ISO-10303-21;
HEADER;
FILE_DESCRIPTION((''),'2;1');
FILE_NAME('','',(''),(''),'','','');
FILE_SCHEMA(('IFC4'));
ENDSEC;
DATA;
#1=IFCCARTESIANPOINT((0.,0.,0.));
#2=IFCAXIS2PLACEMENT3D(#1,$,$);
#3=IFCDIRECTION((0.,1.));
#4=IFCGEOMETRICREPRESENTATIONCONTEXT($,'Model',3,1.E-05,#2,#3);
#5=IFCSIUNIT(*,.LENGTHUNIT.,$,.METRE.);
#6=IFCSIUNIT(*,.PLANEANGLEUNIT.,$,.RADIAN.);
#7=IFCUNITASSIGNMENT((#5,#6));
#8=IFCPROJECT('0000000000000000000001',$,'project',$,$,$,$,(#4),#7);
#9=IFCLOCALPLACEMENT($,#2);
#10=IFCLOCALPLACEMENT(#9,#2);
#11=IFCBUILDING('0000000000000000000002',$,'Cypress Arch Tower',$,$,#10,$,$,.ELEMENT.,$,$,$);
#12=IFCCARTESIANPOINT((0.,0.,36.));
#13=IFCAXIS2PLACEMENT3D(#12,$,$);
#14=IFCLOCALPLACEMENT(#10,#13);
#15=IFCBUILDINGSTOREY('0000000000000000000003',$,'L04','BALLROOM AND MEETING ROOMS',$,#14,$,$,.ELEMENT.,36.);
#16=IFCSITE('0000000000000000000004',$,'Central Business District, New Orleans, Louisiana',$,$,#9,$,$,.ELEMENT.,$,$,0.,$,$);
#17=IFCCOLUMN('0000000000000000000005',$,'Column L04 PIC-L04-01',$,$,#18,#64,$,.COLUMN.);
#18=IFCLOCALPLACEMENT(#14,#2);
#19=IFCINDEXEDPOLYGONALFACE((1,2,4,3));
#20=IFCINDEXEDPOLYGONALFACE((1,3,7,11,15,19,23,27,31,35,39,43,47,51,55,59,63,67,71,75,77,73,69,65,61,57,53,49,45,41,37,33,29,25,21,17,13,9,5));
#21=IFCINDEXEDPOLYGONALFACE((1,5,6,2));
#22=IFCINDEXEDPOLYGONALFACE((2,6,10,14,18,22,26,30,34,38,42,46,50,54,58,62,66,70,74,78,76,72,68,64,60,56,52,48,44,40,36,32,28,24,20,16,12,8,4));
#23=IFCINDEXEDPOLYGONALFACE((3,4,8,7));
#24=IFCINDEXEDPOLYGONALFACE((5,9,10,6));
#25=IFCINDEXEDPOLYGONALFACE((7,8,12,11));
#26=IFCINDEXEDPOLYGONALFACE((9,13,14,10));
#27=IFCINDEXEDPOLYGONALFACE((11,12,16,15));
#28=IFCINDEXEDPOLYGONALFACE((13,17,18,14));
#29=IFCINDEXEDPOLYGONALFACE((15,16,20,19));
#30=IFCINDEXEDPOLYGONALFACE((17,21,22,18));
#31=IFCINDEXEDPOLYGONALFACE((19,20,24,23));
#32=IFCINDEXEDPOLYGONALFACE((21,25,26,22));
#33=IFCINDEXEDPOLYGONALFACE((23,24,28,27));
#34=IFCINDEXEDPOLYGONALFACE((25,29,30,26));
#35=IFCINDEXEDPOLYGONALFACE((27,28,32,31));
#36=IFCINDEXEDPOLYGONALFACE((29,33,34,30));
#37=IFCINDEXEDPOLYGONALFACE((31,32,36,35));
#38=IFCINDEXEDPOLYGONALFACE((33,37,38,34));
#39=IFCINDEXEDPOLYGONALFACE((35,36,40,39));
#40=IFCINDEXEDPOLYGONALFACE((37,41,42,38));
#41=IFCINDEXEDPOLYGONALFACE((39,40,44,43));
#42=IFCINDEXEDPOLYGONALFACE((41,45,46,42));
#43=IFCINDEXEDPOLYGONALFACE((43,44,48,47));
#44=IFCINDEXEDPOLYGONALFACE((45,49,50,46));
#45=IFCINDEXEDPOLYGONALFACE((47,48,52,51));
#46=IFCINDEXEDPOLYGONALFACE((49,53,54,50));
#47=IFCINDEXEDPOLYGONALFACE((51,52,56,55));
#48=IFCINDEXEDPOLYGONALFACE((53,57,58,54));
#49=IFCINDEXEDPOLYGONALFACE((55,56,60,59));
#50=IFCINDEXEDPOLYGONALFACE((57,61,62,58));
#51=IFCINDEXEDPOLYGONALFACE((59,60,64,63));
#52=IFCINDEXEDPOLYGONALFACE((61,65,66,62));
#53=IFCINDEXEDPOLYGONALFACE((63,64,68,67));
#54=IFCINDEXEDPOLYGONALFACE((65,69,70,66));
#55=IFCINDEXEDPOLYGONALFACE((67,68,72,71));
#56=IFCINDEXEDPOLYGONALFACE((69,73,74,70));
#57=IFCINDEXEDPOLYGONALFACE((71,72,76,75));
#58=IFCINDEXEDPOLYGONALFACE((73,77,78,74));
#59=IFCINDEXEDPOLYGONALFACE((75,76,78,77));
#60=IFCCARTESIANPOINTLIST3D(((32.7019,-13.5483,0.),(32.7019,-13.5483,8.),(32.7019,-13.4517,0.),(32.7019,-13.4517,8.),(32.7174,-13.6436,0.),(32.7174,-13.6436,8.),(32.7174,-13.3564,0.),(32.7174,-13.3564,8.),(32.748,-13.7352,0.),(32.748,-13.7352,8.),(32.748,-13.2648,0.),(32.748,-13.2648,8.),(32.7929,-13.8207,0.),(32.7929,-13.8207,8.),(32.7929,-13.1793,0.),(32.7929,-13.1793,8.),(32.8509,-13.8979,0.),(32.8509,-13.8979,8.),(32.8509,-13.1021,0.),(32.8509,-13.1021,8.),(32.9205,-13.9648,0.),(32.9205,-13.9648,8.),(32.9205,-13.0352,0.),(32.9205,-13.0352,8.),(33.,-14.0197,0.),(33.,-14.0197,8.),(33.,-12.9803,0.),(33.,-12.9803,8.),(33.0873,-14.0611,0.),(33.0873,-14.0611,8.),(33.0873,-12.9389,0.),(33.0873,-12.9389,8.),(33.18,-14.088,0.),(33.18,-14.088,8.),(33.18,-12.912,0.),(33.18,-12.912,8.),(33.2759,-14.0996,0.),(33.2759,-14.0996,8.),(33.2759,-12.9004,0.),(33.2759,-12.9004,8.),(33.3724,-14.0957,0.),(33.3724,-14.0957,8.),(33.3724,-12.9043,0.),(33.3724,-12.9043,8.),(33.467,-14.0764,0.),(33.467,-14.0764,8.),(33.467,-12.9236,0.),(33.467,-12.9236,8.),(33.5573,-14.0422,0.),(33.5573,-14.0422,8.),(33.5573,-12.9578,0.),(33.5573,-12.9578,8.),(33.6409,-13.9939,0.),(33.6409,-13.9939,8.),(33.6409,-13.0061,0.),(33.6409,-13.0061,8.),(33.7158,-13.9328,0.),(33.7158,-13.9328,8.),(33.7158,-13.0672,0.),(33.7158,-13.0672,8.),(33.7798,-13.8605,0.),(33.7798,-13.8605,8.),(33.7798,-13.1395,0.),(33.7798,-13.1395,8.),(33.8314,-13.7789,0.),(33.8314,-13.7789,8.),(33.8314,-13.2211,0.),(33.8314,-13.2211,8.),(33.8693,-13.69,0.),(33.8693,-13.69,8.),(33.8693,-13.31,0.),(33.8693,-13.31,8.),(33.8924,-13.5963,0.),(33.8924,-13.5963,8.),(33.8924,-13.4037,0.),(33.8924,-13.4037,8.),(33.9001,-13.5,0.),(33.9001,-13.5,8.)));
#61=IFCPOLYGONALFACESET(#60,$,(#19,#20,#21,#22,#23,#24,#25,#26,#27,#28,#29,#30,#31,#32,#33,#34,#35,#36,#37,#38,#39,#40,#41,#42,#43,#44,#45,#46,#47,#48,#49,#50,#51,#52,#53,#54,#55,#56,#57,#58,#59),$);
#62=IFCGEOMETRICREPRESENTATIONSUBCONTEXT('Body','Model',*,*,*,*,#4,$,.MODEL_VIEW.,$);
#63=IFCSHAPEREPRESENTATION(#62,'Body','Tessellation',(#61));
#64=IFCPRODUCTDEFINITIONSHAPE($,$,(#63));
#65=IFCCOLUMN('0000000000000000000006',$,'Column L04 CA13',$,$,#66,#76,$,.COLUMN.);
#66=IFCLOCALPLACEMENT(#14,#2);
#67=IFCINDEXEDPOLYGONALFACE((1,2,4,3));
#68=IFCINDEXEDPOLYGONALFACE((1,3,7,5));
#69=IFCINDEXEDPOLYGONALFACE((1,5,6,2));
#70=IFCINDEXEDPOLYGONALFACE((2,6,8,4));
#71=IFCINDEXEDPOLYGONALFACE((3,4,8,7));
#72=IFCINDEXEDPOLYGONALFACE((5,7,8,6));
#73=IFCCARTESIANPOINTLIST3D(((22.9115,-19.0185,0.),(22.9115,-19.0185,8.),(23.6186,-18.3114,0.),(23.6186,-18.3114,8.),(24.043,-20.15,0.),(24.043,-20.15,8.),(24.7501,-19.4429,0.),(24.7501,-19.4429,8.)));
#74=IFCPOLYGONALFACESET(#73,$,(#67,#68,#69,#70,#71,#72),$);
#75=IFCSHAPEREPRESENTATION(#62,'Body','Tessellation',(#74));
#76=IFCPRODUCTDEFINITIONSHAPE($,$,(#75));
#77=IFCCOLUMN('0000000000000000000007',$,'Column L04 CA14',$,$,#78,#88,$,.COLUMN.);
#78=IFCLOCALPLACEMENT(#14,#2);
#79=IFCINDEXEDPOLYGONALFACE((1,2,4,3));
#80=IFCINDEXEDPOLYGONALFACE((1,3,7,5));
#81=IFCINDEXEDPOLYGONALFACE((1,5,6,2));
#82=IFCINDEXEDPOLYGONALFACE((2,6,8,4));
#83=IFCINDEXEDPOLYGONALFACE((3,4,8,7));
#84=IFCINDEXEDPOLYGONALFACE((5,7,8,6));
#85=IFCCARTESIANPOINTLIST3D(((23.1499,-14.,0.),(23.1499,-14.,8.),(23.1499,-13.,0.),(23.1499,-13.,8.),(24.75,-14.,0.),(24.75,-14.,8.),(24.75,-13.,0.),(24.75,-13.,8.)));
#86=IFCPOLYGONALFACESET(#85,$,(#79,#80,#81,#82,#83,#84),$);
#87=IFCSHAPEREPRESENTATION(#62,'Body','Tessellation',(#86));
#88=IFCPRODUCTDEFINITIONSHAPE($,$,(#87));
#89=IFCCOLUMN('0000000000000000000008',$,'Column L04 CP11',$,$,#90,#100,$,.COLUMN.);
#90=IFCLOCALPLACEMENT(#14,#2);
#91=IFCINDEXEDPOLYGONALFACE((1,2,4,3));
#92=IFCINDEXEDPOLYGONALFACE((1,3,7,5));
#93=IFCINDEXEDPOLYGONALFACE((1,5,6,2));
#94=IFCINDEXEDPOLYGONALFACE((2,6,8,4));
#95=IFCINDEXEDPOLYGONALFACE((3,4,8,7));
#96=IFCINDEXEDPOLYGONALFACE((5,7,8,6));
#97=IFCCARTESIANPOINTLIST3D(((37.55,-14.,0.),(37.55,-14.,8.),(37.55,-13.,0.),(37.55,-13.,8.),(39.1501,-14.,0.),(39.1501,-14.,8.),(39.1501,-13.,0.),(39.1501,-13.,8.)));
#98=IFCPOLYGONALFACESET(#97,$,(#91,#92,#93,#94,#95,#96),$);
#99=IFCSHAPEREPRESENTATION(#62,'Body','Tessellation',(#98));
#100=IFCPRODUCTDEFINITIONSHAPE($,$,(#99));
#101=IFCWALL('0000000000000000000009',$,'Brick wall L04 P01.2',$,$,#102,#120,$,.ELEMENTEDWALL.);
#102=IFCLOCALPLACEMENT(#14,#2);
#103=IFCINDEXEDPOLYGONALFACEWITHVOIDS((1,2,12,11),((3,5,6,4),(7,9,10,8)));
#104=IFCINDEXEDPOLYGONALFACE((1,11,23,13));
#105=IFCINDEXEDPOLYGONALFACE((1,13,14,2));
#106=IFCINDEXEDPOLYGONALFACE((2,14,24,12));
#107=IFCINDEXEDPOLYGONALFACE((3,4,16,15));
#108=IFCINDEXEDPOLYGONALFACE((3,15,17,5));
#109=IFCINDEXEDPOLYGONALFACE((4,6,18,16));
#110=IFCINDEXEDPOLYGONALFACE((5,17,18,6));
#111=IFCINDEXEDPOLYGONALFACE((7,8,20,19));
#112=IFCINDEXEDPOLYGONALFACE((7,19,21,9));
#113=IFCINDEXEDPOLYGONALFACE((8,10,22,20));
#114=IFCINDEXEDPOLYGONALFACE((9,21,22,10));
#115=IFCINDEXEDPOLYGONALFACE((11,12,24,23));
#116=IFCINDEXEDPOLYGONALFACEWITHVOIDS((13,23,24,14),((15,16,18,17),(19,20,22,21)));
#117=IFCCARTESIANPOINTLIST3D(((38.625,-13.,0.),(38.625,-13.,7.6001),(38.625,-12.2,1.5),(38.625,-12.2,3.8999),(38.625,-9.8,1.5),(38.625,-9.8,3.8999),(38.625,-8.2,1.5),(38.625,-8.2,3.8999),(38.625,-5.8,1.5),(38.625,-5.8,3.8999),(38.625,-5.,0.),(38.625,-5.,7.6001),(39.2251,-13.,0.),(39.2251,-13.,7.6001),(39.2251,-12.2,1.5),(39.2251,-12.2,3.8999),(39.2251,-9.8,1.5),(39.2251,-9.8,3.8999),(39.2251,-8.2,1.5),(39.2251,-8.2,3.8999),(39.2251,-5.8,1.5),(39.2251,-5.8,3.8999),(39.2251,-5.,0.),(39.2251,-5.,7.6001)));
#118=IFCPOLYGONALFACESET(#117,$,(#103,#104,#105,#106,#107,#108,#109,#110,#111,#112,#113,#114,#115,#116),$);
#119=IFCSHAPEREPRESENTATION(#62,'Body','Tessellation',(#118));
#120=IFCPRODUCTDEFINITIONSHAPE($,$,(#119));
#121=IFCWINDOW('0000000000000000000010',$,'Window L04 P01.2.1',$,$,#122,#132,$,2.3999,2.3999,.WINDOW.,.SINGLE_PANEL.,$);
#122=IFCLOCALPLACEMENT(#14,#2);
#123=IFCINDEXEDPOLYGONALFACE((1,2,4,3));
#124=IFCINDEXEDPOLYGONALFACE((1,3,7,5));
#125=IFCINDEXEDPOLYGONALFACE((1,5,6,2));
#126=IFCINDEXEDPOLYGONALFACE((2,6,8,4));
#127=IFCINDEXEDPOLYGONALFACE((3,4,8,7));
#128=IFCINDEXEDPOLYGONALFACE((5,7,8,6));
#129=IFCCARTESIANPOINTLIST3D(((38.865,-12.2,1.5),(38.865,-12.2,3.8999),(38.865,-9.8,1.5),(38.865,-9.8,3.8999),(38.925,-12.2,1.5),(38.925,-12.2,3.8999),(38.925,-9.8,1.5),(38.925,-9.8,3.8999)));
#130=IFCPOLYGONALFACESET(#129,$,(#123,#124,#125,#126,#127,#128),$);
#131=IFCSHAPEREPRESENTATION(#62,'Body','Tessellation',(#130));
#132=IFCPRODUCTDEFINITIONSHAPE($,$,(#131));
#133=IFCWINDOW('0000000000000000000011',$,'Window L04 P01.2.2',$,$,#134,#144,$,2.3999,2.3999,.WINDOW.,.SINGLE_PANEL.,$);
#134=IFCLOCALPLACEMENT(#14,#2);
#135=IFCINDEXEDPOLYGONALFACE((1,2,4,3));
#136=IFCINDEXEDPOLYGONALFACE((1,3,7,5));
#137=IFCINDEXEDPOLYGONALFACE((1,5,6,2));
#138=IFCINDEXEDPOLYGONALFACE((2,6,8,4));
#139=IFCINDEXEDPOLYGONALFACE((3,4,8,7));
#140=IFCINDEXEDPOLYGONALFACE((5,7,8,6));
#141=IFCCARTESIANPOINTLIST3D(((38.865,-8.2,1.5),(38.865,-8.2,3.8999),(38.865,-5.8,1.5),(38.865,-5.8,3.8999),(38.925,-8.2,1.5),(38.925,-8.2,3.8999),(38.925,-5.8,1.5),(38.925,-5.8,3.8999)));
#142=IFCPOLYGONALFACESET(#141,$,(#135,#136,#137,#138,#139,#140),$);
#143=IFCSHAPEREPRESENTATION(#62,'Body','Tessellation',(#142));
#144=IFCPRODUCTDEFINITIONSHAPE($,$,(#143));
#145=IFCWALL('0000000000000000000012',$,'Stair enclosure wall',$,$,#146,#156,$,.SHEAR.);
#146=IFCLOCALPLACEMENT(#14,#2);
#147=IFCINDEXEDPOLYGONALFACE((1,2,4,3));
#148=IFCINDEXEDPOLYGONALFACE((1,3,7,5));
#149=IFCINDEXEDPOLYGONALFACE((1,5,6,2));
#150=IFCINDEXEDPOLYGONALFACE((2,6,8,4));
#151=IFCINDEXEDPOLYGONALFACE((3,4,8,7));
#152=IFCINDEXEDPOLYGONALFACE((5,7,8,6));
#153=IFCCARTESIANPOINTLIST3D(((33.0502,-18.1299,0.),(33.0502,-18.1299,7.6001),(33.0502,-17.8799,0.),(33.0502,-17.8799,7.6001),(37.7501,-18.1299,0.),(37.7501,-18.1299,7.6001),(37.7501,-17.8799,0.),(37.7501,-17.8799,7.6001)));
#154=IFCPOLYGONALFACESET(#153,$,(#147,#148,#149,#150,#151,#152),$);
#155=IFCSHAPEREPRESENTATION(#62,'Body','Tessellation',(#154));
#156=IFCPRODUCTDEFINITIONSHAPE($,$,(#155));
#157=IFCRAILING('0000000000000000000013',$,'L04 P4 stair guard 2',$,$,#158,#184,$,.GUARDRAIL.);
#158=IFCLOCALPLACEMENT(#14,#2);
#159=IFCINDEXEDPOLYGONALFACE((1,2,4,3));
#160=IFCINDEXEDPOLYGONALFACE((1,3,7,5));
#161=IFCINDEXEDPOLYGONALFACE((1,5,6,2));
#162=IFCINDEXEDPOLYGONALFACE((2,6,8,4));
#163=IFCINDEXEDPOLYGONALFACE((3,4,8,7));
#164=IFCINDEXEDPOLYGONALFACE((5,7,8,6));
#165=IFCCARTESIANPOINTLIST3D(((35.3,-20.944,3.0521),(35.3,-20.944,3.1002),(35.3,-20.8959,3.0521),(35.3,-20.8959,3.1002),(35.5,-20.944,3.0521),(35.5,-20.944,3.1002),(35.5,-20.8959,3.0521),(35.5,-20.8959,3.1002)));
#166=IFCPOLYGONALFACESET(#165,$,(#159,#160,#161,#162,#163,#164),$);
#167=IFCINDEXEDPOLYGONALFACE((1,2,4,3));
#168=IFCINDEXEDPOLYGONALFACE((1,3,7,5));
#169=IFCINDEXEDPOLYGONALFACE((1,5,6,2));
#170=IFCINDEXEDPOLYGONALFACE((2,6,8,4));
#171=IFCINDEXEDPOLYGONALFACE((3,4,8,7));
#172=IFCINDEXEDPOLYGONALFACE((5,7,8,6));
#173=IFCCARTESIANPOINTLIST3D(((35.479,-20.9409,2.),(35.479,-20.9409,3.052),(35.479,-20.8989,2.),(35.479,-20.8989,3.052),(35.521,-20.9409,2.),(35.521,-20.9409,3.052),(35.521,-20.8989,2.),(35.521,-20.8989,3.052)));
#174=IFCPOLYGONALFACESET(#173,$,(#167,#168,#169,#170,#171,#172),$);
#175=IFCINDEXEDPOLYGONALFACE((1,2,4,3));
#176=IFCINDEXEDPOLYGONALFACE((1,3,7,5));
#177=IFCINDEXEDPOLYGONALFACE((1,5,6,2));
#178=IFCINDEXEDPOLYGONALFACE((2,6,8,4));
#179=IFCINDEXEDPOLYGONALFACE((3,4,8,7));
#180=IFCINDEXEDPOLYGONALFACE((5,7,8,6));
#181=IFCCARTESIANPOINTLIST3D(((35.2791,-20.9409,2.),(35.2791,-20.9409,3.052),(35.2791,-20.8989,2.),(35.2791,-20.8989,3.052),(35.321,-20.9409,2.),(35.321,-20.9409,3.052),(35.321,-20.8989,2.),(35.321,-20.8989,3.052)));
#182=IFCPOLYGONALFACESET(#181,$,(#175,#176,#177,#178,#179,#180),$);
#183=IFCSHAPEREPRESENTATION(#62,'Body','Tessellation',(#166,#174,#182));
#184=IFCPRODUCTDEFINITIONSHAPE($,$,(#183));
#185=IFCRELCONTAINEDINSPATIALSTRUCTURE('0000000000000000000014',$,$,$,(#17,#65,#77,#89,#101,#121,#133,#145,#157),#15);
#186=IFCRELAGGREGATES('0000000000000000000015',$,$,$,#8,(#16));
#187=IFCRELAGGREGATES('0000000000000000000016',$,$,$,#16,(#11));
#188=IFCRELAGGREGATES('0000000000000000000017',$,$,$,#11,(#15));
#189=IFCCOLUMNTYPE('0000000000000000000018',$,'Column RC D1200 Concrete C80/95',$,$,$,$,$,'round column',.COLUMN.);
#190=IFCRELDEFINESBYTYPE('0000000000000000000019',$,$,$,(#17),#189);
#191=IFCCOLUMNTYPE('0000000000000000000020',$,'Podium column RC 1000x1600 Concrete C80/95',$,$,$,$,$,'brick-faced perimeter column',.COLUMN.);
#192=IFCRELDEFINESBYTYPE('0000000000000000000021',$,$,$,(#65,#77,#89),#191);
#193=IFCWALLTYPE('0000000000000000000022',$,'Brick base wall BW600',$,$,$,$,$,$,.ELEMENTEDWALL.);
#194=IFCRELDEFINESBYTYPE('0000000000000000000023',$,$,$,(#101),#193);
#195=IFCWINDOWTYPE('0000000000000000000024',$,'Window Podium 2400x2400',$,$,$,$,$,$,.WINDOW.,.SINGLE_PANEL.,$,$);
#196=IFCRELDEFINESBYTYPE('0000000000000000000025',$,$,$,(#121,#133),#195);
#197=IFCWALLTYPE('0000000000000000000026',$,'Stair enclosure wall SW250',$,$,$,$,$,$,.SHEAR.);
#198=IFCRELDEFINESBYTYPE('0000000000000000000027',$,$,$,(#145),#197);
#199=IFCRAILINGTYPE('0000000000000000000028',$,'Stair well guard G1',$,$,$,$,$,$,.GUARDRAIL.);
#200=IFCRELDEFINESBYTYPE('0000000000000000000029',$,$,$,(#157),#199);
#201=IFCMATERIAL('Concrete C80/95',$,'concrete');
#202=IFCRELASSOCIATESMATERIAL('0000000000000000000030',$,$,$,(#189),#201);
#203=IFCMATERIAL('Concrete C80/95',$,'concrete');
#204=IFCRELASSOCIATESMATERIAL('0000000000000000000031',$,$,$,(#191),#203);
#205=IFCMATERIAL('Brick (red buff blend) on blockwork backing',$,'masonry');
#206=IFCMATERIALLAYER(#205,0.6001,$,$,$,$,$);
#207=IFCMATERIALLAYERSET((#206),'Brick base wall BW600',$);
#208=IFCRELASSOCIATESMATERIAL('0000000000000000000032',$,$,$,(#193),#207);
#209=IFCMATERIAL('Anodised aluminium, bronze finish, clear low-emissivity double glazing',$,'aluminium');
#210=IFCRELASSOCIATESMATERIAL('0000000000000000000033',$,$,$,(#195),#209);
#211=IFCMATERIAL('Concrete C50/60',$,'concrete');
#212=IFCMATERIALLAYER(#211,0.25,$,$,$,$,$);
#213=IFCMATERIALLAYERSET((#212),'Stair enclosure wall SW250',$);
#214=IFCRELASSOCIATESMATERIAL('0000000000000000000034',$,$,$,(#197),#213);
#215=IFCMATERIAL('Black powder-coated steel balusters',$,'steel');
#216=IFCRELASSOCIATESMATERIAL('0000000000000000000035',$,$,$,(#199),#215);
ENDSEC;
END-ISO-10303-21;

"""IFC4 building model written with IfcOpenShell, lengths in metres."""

from ifc_helpers import new_model, si_unit, direction, frame, frame_2d, origin, origin_2d, place, context, subcontext, project, spatial, rectangle, circle, extrude, material, layer, layer_set, material_profile, profile_set, type_object, element, fill, save


model = new_model("IFC4")

# Units and contexts
model_context = context("Model", 3, precision=1e-05, world=origin(), true_north=direction((0.0, 1.0)))
body_context = subcontext(model_context, "Body", "Model", "MODEL_VIEW")
ifc_project = project(units=[si_unit("LENGTHUNIT", "METRE"), si_unit("PLANEANGLEUNIT", "RADIAN")], contexts=[model_context])

# Site, building, storey
site_placement = place(None, origin())
site = spatial("IfcSite", under=ifc_project, at=site_placement, Name="Central Business District, New Orleans, Louisiana", CompositionType="ELEMENT", RefElevation=0.0)
building_placement = place(site_placement, origin())
building = spatial("IfcBuilding", under=site, at=building_placement, Name="Cypress Arch Tower", CompositionType="ELEMENT")
storey_placement = place(building_placement, frame((0.0, 0.0, 36.0)))
storey = spatial("IfcBuildingStorey", under=building, at=storey_placement, Name="L04", Description="BALLROOM AND MEETING ROOMS", CompositionType="ELEMENT", Elevation=36.0)

# Columns
ifc_material_1 = material(Name="Concrete C80/95", Category="concrete")
ifc_material_profile_1 = material_profile(ifc_material_1, circle(Radius=0.6001, at=origin_2d()), Name="RC D1200")
ifc_profile_set_1 = profile_set([ifc_material_profile_1], Name="Concrete C80/95")
column_type_1 = type_object("IfcColumnType", Name="Column RC D1200 Concrete C80/95", ElementType="round column", PredefinedType="COLUMN", material=ifc_profile_set_1)
column_placement = place(storey_placement, frame((33.3, -13.5, 0.0), z_axis=(0.0, 0.0, 1.0), x_axis=(1.0, 0.0, 0.0)))
element("IfcColumn", 1, at=column_placement, inside=storey, type_object=column_type_1, Name="Column L04 PIC-L04-01", PredefinedType="COLUMN", context=body_context, shape_type="SweptSolid", body=[
    extrude(circle(Radius=0.6001, at=origin_2d()), origin(), (0.0, 0.0, 1.0), 8.0),
])
ifc_material_2 = material(Name="Concrete C80/95", Category="concrete")
ifc_material_profile_2 = material_profile(ifc_material_2, rectangle(XDim=1.0, YDim=1.6001, at=origin_2d()), Name="RC 1000x1600")
ifc_profile_set_2 = profile_set([ifc_material_profile_2], Name="Concrete C80/95")
column_type_2 = type_object("IfcColumnType", Name="Podium column RC 1000x1600 Concrete C80/95", ElementType="brick-faced perimeter column", PredefinedType="COLUMN", material=ifc_profile_set_2)
for number, where, z_axis, x_axis, name in (
    (2, (23.8308, -19.2307, 0.0), (0.0, 0.0, 1.0), (0.707107, 0.707107, 0.0), "Column L04 CA13"),
    (3, (23.95, -13.5, 0.0), (0.0, 0.0, 1.0), (0.0, 1.0, 0.0), "Column L04 CA14"),
    (4, (38.3501, -13.5, 0.0), (0.0, 0.0, 1.0), (0.0, 1.0, 0.0), "Column L04 CP11"),
):
    element("IfcColumn", number, at=place(storey_placement, frame(where, z_axis=z_axis, x_axis=x_axis)), inside=storey, type_object=column_type_2, Name=name, PredefinedType="COLUMN", context=body_context, shape_type="SweptSolid", body=[
        extrude(rectangle(XDim=1.0, YDim=1.6001, at=origin_2d()), origin(), (0.0, 0.0, 1.0), 8.0),
    ])

# Wall, openings, windows
ifc_material_3 = material(Name="Brick (red buff blend) on blockwork backing", Category="masonry")
ifc_layer_1 = layer(ifc_material_3, 0.6001)
ifc_layer_set_1 = layer_set([ifc_layer_1], Name="Brick base wall BW600")
wall_type_1 = type_object("IfcWallType", Name="Brick base wall BW600", PredefinedType="ELEMENTEDWALL", material=ifc_layer_set_1)
wall_1_placement = place(storey_placement, frame((38.925, -13.0, 0.0), z_axis=(0.0, 0.0, 1.0), x_axis=(0.0, 1.0, 0.0)))
wall_1 = element("IfcWall", 5, at=wall_1_placement, inside=storey, type_object=wall_type_1, Name="Brick wall L04 P01.2", PredefinedType="ELEMENTEDWALL", context=body_context, shape_type="SweptSolid", body=[
    extrude(rectangle(XDim=8.0, YDim=0.6001, at=frame_2d((4.0, 0.0))), origin(), (0.0, 0.0, 1.0), 7.6001),
])
opening_1_placement = place(wall_1_placement, frame((0.8, 0.0, 1.5)))
opening_1 = element("IfcOpeningElement", 6, at=opening_1_placement, cuts=wall_1, PredefinedType="OPENING", context=body_context, shape_type="SweptSolid", body=[
    extrude(rectangle(XDim=2.3999, YDim=2.3999, at=frame_2d((1.2, 1.2))), frame((0.0, 0.3101, 0.0), z_axis=(0.0, -1.0, 0.0), x_axis=(1.0, 0.0, 0.0)), (0.0, 0.0, 1.0), 0.6201),
])
opening_2_placement = place(wall_1_placement, frame((4.8, 0.0, 1.5)))
opening_2 = element("IfcOpeningElement", 7, at=opening_2_placement, cuts=wall_1, PredefinedType="OPENING", context=body_context, shape_type="SweptSolid", body=[
    extrude(rectangle(XDim=2.3999, YDim=2.3999, at=frame_2d((1.2, 1.2))), frame((0.0, 0.3101, 0.0), z_axis=(0.0, -1.0, 0.0), x_axis=(1.0, 0.0, 0.0)), (0.0, 0.0, 1.0), 0.6201),
])
ifc_material_4 = material(Name="Anodised aluminium, bronze finish, clear low-emissivity double glazing", Category="aluminium")
window_type = type_object("IfcWindowType", Name="Window Podium 2400x2400", PartitioningType="SINGLE_PANEL", PredefinedType="WINDOW", material=ifc_material_4)
window_1_placement = place(opening_1_placement, origin())
window_1 = element("IfcWindow", 8, at=window_1_placement, inside=storey, type_object=window_type, Name="Window L04 P01.2.1", OverallHeight=2.3999, OverallWidth=2.3999, PartitioningType="SINGLE_PANEL", PredefinedType="WINDOW", context=body_context, shape_type="SweptSolid", body=[
    extrude(rectangle(XDim=2.3999, YDim=2.3999, at=frame_2d((1.2, 1.2))), frame((0.0, 0.0601, 0.0), z_axis=(0.0, -1.0, 0.0), x_axis=(1.0, 0.0, 0.0)), (0.0, 0.0, 1.0), 0.0601),
])
fill(opening_1, window_1)
window_2_placement = place(opening_2_placement, origin())
window_2 = element("IfcWindow", 9, at=window_2_placement, inside=storey, type_object=window_type, Name="Window L04 P01.2.2", OverallHeight=2.3999, OverallWidth=2.3999, PartitioningType="SINGLE_PANEL", PredefinedType="WINDOW", context=body_context, shape_type="SweptSolid", body=[
    extrude(rectangle(XDim=2.3999, YDim=2.3999, at=frame_2d((1.2, 1.2))), frame((0.0, 0.0601, 0.0), z_axis=(0.0, -1.0, 0.0), x_axis=(1.0, 0.0, 0.0)), (0.0, 0.0, 1.0), 0.0601),
])
fill(opening_2, window_2)

# Wall
ifc_material_5 = material(Name="Concrete C50/60", Category="concrete")
ifc_layer_2 = layer(ifc_material_5, 0.25)
ifc_layer_set_2 = layer_set([ifc_layer_2], Name="Stair enclosure wall SW250")
wall_type_2 = type_object("IfcWallType", Name="Stair enclosure wall SW250", PredefinedType="SHEAR", material=ifc_layer_set_2)
wall_2_placement = place(storey_placement, frame((33.05, -18.0049, 0.0), z_axis=(0.0, 0.0, 1.0), x_axis=(1.0, 0.0, 0.0)))
element("IfcWall", 10, at=wall_2_placement, inside=storey, type_object=wall_type_2, Name="Stair enclosure wall", PredefinedType="SHEAR", context=body_context, shape_type="SweptSolid", body=[
    extrude(rectangle(XDim=4.7, YDim=0.25, at=frame_2d((2.3501, 0.0))), origin(), (0.0, 0.0, 1.0), 7.6001),
])

# Railing
ifc_material_6 = material(Name="Black powder-coated steel balusters", Category="steel")
railing_type = type_object("IfcRailingType", Name="Stair well guard G1", PredefinedType="GUARDRAIL", material=ifc_material_6)
railing_1_placement = place(storey_placement, frame((35.5, -20.9199, 2.0)))
element("IfcRailing", 11, at=railing_1_placement, inside=storey, type_object=railing_type, Name="L04 P4 stair guard 2", PredefinedType="GUARDRAIL", context=body_context, shape_type="SweptSolid", body=[
    extrude(rectangle(XDim=0.0481, YDim=0.0481, at=origin_2d()), frame((0.0, 0.0, 1.0762), z_axis=(-1.0, 0.0, 0.0), x_axis=(0.0, -1.0, 0.0)), (0.0, 0.0, 1.0), 0.2),
    extrude(rectangle(XDim=0.042, YDim=0.042, at=origin_2d()), origin(), (0.0, 0.0, 1.0), 1.052),
    extrude(rectangle(XDim=0.042, YDim=0.042, at=origin_2d()), frame((-0.2, 0.0, 0.0)), (0.0, 0.0, 1.0), 1.052),
])

save(model, "model.ifc")
